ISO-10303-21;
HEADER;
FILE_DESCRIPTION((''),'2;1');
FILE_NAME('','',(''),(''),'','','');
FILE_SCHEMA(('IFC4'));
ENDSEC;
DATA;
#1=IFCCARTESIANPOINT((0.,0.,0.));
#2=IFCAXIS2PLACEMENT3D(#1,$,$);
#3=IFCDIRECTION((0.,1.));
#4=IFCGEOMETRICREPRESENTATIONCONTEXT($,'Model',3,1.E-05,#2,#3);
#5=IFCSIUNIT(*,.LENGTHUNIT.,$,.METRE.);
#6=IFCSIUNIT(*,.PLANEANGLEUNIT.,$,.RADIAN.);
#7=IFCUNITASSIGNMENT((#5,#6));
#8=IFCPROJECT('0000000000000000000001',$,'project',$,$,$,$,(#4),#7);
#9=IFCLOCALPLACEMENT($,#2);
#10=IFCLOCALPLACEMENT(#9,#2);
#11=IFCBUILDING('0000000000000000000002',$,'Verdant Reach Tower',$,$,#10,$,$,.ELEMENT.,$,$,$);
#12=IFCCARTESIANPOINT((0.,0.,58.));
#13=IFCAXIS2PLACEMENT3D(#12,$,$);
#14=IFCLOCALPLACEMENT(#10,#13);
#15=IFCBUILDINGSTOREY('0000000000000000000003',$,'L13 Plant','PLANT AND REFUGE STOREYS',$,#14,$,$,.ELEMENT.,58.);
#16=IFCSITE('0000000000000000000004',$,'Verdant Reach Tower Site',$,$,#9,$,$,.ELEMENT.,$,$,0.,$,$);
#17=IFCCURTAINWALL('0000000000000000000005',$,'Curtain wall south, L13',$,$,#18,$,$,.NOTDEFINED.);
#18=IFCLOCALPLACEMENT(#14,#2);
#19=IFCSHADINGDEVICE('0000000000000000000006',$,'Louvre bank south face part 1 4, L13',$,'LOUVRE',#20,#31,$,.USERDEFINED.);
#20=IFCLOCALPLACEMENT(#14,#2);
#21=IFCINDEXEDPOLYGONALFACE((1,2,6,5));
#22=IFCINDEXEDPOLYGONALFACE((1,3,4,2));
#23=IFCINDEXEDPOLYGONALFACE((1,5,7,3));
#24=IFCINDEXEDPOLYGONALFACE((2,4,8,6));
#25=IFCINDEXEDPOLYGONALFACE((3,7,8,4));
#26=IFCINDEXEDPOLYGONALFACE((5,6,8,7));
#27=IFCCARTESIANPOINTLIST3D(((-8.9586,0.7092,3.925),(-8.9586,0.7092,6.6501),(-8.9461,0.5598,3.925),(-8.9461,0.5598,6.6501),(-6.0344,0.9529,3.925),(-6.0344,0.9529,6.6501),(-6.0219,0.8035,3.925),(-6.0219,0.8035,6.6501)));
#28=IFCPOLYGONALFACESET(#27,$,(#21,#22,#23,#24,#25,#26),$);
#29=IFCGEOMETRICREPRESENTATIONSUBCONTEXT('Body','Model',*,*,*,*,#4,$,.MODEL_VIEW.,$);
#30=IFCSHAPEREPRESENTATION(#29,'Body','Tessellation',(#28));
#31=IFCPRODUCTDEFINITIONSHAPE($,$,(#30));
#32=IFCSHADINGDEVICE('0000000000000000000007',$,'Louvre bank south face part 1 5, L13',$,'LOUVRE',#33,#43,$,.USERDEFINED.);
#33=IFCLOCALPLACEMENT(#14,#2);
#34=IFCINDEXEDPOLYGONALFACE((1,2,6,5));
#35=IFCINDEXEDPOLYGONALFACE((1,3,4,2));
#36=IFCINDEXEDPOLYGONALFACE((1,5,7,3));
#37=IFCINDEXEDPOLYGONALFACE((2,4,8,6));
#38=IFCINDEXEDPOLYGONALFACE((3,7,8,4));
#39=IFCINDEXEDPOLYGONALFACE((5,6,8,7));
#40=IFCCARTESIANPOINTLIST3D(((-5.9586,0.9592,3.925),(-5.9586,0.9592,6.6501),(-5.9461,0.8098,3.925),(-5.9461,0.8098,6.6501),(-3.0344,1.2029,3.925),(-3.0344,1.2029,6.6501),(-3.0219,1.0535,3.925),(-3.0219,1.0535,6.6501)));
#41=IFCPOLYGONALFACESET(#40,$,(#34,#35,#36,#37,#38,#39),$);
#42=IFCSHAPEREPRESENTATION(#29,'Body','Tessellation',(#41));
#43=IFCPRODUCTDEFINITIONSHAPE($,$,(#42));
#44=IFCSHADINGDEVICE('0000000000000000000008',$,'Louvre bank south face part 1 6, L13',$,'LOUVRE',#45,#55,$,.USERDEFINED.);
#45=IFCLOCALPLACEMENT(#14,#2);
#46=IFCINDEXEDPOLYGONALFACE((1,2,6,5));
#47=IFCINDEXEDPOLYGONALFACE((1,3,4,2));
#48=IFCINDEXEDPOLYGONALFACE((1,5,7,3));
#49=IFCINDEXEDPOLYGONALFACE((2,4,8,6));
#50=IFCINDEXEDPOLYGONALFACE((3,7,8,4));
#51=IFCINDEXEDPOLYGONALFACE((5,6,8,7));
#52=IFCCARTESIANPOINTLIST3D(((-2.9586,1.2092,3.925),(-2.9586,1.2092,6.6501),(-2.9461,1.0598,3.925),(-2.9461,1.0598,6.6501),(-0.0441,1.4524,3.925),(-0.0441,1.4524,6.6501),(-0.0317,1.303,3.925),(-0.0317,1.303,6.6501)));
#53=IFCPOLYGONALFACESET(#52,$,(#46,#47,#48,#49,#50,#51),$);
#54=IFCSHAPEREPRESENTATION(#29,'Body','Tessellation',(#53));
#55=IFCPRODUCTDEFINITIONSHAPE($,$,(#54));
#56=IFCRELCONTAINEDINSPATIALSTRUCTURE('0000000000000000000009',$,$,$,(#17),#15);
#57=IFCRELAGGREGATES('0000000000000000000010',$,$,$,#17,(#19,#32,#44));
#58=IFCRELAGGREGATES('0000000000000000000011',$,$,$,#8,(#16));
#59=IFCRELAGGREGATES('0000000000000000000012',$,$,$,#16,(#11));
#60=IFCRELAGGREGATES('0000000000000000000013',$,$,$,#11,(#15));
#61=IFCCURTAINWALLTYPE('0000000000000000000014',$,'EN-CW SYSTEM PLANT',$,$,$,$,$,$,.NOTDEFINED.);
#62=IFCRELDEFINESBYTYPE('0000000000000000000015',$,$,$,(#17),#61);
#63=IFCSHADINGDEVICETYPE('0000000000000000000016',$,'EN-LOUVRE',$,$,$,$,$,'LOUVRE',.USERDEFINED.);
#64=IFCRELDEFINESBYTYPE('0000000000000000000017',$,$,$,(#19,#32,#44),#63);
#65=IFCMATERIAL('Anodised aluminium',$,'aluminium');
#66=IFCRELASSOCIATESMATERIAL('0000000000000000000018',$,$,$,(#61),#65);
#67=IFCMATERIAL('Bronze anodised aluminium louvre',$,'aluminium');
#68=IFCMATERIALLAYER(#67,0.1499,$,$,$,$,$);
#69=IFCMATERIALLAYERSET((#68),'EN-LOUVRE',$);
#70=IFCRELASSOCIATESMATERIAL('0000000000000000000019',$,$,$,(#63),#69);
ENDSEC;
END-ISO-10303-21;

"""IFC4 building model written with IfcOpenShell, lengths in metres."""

from ifc_helpers import new_model, si_unit, direction, frame, origin, origin_2d, place, context, subcontext, project, spatial, rectangle, extrude, material, layer, layer_set, type_object, element, aggregate, save


model = new_model("IFC4")

# Units and contexts
model_context = context("Model", 3, precision=1e-05, world=origin(), true_north=direction((0.0, 1.0)))
body_context = subcontext(model_context, "Body", "Model", "MODEL_VIEW")
ifc_project = project(units=[si_unit("LENGTHUNIT", "METRE"), si_unit("PLANEANGLEUNIT", "RADIAN")], contexts=[model_context])

# Site, building, storey
site_placement = place(None, origin())
site = spatial("IfcSite", under=ifc_project, at=site_placement, Name="Verdant Reach Tower Site", CompositionType="ELEMENT", RefElevation=0.0)
building_placement = place(site_placement, origin())
building = spatial("IfcBuilding", under=site, at=building_placement, Name="Verdant Reach Tower", CompositionType="ELEMENT")
storey_placement = place(building_placement, frame((0.0, 0.0, 58.0)))
storey = spatial("IfcBuildingStorey", under=building, at=storey_placement, Name="L13 Plant", Description="PLANT AND REFUGE STOREYS", CompositionType="ELEMENT", Elevation=58.0)

# Curtain wall
ifc_material_1 = material(Name="Anodised aluminium", Category="aluminium")
curtain_wall_type = type_object("IfcCurtainWallType", Name="EN-CW SYSTEM PLANT", PredefinedType="NOTDEFINED", material=ifc_material_1)
curtain_wall_placement = place(storey_placement, origin())
curtain_wall = element("IfcCurtainWall", 1, at=curtain_wall_placement, inside=storey, type_object=curtain_wall_type, Name="Curtain wall south, L13", PredefinedType="NOTDEFINED")

# Shading devices
ifc_material_2 = material(Name="Bronze anodised aluminium louvre", Category="aluminium")
ifc_layer_1 = layer(ifc_material_2, 0.1499)
ifc_layer_set_1 = layer_set([ifc_layer_1], Name="EN-LOUVRE")
shading_device_type = type_object("IfcShadingDeviceType", Name="EN-LOUVRE", ElementType="LOUVRE", PredefinedType="USERDEFINED", material=ifc_layer_set_1)
shading_device_1_placement = place(storey_placement, frame((-7.4902, 0.7563, 3.925), z_axis=(0.0, 0.0, 1.0), x_axis=(0.996546, 0.083045, 0.0)))
shading_device_1 = element("IfcShadingDevice", 2, at=shading_device_1_placement, type_object=shading_device_type, Name="Louvre bank south face part 1 4, L13", ObjectType="LOUVRE", PredefinedType="USERDEFINED", context=body_context, shape_type="SweptSolid", body=[
    extrude(rectangle(XDim=2.9343, YDim=0.1499, at=origin_2d()), origin(), (0.0, 0.0, 1.0), 2.7251),
])
shading_device_2_placement = place(storey_placement, frame((-4.4902, 1.0063, 3.925), z_axis=(0.0, 0.0, 1.0), x_axis=(0.996546, 0.083045, 0.0)))
shading_device_2 = element("IfcShadingDevice", 3, at=shading_device_2_placement, type_object=shading_device_type, Name="Louvre bank south face part 1 5, L13", ObjectType="LOUVRE", PredefinedType="USERDEFINED", context=body_context, shape_type="SweptSolid", body=[
    extrude(rectangle(XDim=2.9343, YDim=0.1499, at=origin_2d()), origin(), (0.0, 0.0, 1.0), 2.7251),
])
shading_device_3_placement = place(storey_placement, frame((-1.4951, 1.2561, 3.925), z_axis=(0.0, 0.0, 1.0), x_axis=(0.996534, 0.083182, 0.0)))
shading_device_3 = element("IfcShadingDevice", 4, at=shading_device_3_placement, type_object=shading_device_type, Name="Louvre bank south face part 1 6, L13", ObjectType="LOUVRE", PredefinedType="USERDEFINED", context=body_context, shape_type="SweptSolid", body=[
    extrude(rectangle(XDim=2.9246, YDim=0.1499, at=origin_2d()), origin(), (0.0, 0.0, 1.0), 2.7251),
])
aggregate(curtain_wall, [shading_device_1, shading_device_2, shading_device_3])

save(model, "model.ifc")
